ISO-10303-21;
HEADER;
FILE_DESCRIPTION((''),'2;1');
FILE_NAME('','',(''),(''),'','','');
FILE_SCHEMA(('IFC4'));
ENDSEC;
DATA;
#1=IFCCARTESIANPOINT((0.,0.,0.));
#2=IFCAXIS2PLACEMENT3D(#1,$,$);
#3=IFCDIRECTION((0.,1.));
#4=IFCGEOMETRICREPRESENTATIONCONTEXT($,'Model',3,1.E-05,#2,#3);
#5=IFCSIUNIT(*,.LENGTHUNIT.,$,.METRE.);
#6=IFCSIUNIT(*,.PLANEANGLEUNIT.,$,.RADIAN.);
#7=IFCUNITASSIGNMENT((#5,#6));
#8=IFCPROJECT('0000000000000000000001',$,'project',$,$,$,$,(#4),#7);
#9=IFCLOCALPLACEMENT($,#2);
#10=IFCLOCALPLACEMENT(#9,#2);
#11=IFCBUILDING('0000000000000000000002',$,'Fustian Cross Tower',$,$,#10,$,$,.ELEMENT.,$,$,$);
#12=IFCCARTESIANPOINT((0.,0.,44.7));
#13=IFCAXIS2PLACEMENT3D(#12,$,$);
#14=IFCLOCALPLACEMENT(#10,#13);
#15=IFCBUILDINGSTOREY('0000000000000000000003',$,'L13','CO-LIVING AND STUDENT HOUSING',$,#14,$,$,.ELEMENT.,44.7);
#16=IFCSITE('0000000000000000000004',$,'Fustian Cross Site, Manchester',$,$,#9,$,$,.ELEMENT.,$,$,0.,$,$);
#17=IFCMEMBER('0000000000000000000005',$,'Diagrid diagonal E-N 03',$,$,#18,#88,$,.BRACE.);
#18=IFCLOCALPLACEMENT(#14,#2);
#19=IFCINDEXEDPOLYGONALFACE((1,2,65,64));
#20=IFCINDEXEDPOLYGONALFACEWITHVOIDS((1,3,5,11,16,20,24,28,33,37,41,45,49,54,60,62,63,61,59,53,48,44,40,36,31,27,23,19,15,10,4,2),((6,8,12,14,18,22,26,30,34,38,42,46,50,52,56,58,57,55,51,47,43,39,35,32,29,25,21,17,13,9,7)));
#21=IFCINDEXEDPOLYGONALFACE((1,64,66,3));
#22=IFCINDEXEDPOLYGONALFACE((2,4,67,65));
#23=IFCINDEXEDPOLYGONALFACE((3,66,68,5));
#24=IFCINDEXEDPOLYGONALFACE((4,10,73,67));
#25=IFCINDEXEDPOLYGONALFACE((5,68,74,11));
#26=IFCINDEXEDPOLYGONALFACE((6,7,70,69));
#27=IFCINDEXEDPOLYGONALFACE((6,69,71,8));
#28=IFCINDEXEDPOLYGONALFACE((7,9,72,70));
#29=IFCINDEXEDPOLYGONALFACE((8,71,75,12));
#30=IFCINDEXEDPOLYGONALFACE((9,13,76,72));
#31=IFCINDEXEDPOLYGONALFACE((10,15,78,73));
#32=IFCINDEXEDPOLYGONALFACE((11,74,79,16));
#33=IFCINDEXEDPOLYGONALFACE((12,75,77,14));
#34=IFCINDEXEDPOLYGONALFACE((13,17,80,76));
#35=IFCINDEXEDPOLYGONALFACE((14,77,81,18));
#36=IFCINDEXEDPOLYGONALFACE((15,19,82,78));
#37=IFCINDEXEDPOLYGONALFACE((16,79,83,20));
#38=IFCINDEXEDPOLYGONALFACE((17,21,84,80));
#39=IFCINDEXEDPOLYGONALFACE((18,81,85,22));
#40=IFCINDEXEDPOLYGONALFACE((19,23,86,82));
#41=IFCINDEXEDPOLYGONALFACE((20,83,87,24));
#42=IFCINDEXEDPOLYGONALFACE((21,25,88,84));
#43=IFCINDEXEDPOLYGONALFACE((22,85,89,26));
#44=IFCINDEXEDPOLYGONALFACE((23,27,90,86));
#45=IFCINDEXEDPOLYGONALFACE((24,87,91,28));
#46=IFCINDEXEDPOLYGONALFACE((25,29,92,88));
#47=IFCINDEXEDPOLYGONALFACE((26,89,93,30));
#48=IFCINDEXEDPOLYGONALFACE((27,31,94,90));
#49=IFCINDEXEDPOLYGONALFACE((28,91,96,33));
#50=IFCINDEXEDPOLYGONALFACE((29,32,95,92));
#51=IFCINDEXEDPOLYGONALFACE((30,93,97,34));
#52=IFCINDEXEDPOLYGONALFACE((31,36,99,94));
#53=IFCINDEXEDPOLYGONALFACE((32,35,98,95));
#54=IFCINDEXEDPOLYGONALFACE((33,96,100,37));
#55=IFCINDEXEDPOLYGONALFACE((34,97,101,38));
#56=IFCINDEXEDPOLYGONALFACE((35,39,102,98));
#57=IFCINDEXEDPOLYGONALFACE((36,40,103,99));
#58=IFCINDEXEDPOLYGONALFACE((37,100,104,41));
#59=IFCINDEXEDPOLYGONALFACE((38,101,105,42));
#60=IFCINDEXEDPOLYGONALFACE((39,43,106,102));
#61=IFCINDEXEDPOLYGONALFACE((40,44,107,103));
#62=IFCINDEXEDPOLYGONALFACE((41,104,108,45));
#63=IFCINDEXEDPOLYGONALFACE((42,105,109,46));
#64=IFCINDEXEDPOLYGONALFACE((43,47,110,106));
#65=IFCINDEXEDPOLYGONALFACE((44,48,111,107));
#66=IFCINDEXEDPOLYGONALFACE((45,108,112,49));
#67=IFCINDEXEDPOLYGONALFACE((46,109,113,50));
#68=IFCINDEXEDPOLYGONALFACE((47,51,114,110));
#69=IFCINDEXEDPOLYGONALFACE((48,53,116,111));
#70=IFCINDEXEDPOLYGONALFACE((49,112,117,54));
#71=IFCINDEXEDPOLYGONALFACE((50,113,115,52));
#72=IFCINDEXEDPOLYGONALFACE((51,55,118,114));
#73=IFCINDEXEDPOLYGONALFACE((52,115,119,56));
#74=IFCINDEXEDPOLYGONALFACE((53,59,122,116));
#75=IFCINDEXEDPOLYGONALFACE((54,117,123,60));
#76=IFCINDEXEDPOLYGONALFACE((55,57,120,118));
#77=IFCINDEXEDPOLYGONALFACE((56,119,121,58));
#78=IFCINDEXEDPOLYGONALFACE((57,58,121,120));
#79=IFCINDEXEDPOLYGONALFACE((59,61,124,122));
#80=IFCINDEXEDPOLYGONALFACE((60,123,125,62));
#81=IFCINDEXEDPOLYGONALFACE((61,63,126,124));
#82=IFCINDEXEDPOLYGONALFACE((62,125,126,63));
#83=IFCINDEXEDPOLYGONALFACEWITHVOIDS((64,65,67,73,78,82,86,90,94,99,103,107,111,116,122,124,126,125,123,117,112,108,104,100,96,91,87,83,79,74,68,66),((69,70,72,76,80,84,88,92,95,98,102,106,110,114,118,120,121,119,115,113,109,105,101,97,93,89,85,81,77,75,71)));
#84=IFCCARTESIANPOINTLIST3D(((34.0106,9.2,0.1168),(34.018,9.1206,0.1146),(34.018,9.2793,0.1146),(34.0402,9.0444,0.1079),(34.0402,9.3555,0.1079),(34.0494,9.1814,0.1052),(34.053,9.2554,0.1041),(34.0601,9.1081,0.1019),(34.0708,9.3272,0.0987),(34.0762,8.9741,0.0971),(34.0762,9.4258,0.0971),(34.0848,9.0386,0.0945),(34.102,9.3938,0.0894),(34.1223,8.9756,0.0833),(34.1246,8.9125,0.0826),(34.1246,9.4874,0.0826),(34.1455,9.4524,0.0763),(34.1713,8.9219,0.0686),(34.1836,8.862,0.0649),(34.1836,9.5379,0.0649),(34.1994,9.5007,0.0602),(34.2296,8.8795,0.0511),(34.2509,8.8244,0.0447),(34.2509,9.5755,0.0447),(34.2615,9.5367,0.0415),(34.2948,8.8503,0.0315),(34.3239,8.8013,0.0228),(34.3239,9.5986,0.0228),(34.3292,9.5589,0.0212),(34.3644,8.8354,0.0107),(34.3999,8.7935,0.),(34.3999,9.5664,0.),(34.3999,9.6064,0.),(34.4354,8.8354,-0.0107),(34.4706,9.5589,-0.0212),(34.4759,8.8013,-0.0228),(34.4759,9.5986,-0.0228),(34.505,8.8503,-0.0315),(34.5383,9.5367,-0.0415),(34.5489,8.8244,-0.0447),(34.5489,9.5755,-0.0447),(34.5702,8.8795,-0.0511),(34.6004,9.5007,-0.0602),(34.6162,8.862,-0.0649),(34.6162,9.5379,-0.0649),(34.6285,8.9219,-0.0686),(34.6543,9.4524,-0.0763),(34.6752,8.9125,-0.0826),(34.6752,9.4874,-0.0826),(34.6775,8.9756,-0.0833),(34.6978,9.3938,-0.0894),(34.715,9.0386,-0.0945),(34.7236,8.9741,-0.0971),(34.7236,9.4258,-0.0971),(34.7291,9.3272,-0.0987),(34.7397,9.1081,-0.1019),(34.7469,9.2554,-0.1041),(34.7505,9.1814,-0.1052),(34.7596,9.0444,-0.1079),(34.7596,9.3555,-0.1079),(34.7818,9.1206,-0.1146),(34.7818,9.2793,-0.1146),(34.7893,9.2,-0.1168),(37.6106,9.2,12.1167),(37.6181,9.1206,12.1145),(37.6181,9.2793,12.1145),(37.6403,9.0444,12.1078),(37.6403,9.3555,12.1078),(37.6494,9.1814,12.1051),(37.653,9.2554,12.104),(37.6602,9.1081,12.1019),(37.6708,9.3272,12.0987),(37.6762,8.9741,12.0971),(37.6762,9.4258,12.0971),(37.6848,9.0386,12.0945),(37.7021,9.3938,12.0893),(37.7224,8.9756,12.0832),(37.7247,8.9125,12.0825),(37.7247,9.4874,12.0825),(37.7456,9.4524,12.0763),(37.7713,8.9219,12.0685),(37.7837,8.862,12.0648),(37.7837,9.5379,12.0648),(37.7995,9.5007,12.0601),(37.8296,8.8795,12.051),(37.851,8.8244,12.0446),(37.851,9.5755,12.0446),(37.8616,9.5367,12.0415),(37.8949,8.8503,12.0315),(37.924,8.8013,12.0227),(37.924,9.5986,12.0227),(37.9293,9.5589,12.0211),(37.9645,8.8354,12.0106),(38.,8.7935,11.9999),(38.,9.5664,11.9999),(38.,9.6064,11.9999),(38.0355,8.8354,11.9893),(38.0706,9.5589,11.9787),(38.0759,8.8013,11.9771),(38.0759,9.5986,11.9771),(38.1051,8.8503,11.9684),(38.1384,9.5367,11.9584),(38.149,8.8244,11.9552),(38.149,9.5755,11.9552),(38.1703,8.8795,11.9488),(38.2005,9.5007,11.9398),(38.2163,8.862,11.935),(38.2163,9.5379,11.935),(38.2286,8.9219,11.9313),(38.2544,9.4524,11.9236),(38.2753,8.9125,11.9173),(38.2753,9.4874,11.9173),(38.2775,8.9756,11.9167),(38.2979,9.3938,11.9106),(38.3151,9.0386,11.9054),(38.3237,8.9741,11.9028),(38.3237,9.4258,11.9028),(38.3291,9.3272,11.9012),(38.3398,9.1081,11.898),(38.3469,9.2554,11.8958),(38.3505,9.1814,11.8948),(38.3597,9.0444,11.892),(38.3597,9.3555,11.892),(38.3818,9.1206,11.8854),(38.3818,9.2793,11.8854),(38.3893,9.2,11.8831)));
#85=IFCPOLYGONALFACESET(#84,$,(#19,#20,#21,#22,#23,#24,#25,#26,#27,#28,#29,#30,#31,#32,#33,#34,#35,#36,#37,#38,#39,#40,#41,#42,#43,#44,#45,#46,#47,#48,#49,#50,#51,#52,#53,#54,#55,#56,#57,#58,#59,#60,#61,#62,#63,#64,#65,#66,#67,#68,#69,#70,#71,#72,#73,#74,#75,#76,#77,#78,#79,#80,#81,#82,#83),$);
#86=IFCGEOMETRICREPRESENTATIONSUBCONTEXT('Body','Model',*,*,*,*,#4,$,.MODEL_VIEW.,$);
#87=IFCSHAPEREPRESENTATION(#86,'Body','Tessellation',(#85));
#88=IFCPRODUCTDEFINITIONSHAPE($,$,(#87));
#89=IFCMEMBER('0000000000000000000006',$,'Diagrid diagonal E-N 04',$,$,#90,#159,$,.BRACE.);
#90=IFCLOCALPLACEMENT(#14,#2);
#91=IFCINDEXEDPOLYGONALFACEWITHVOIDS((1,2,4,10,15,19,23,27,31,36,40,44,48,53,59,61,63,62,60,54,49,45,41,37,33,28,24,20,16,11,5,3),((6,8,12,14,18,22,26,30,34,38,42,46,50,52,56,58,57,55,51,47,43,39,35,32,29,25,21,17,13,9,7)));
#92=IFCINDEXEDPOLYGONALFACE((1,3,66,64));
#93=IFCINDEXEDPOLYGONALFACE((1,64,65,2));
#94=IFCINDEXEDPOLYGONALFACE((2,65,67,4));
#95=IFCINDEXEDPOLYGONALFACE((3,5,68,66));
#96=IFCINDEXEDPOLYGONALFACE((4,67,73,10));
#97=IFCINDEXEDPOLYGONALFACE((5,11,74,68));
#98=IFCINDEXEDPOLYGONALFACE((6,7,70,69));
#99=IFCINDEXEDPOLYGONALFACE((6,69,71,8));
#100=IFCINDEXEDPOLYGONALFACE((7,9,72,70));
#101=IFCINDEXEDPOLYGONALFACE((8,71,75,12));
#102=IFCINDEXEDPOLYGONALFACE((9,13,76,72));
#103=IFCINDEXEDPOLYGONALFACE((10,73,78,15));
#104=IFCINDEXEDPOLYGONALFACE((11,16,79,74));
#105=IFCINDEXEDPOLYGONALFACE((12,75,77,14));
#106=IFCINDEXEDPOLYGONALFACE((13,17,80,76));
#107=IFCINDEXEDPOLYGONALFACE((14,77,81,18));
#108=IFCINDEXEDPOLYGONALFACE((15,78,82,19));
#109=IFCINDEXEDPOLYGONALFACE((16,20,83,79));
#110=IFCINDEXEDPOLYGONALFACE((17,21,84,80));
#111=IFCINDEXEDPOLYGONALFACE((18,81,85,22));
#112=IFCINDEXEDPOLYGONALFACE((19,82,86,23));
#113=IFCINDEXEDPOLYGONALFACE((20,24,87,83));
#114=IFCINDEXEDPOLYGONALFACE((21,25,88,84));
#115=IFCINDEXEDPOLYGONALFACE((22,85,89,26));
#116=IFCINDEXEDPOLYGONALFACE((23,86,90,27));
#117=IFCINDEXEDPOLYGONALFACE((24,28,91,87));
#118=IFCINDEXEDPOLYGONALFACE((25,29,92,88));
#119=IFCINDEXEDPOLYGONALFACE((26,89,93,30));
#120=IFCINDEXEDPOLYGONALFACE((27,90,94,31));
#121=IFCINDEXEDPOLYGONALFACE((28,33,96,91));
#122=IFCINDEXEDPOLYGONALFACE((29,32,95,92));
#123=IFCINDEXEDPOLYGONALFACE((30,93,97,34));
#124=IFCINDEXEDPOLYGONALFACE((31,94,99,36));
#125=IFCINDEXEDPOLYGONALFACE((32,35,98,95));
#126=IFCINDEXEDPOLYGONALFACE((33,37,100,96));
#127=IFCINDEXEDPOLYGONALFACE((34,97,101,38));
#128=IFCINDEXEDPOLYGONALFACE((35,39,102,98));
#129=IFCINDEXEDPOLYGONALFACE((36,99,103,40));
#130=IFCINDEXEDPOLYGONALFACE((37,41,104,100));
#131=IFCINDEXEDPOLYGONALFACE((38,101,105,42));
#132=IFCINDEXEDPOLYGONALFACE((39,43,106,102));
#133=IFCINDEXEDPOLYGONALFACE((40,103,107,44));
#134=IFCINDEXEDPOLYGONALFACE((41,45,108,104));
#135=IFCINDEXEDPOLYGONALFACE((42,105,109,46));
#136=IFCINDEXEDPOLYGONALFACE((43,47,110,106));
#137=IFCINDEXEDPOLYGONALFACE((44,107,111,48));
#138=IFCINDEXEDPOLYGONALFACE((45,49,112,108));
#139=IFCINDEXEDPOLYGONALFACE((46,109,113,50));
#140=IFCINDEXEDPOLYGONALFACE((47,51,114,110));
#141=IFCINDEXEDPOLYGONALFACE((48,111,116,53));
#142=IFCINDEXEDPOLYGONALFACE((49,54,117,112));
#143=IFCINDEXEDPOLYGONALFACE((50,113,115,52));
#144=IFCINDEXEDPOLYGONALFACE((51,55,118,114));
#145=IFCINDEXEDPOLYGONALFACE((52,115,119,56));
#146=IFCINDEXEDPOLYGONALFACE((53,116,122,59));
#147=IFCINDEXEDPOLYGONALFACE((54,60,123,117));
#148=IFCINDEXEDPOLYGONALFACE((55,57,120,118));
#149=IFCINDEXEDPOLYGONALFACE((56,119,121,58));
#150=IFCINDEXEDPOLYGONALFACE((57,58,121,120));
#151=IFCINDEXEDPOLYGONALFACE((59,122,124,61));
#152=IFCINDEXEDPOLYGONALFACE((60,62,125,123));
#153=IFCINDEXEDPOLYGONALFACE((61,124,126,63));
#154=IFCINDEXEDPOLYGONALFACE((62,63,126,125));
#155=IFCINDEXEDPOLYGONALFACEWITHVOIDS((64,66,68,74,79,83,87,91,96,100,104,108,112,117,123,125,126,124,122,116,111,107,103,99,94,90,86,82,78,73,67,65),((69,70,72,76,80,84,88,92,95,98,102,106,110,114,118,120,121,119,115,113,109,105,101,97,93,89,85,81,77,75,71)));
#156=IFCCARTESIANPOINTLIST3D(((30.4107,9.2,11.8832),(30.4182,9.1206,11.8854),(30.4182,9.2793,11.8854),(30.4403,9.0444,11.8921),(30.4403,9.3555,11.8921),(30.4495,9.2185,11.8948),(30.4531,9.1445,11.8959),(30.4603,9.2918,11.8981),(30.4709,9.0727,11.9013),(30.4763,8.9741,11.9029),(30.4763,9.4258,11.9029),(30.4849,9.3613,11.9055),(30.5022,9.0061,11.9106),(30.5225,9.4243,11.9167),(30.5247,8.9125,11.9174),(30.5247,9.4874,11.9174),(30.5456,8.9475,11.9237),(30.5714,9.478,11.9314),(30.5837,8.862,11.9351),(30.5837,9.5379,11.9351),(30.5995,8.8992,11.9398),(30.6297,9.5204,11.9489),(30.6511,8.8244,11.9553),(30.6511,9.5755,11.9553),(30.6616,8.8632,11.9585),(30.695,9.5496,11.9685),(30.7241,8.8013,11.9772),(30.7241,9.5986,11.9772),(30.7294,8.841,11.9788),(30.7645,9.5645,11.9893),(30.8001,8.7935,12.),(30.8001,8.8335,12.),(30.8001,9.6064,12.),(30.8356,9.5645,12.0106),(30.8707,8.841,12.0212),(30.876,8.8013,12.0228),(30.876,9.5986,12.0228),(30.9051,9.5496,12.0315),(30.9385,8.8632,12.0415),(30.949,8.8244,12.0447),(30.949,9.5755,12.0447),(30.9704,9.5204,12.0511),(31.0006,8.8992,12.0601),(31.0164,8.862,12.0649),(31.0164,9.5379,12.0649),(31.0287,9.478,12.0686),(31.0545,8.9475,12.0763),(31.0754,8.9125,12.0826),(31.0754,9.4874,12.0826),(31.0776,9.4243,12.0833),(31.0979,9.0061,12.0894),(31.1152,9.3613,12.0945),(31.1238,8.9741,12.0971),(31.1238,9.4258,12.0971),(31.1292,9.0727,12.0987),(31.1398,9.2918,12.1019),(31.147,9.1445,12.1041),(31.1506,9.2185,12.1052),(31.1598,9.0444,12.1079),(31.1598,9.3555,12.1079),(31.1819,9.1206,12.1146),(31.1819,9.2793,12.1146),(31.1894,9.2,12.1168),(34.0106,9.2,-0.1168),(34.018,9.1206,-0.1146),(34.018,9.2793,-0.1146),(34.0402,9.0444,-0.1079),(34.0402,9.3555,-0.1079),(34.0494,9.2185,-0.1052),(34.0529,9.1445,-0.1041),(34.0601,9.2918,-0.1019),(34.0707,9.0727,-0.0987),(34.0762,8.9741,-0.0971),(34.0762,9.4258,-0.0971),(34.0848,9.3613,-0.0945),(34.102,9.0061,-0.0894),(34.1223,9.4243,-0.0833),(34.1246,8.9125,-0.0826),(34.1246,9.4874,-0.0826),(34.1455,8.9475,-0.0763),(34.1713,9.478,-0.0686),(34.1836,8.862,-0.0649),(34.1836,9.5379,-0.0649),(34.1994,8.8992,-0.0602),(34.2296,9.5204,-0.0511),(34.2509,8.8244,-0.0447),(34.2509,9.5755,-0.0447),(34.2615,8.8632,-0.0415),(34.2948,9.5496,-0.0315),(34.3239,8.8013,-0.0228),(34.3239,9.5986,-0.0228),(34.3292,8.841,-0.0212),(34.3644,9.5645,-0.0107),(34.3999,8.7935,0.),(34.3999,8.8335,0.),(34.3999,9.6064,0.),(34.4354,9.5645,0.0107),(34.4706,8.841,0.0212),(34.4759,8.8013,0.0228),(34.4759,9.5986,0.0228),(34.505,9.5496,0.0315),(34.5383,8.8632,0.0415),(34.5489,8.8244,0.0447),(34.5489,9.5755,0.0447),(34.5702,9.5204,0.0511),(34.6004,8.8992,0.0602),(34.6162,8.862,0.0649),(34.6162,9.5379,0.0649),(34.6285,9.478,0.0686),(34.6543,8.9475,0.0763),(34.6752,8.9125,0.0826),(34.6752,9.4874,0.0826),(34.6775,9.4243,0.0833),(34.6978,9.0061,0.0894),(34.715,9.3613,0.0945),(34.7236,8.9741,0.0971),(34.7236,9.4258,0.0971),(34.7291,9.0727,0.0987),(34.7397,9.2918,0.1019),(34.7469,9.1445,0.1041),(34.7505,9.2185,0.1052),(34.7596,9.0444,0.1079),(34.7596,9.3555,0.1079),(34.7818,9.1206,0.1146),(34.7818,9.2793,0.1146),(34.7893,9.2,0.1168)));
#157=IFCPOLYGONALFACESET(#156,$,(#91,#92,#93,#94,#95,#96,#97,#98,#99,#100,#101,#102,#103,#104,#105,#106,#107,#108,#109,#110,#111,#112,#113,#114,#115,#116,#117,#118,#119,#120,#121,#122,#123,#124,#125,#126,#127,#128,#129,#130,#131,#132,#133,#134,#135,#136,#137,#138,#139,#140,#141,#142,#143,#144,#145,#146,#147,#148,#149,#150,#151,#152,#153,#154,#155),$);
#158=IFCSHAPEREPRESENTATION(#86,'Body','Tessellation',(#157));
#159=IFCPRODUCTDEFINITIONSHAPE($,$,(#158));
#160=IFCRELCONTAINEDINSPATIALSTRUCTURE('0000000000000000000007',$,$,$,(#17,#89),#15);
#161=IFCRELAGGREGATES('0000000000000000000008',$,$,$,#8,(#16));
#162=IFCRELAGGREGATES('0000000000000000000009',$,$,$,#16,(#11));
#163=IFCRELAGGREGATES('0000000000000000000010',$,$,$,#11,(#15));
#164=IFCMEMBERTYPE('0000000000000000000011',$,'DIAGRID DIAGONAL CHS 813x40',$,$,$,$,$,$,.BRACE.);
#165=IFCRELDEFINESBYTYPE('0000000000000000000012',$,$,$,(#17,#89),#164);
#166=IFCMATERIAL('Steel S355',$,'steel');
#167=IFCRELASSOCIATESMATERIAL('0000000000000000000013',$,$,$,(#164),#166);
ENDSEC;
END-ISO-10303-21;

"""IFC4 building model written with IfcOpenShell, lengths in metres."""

from ifc_helpers import new_model, si_unit, direction, frame, origin, origin_2d, place, context, subcontext, project, spatial, hollow_circle, extrude, material, material_profile, profile_set, type_object, element, save


model = new_model("IFC4")

# Units and contexts
model_context = context("Model", 3, precision=1e-05, world=origin(), true_north=direction((0.0, 1.0)))
body_context = subcontext(model_context, "Body", "Model", "MODEL_VIEW")
ifc_project = project(units=[si_unit("LENGTHUNIT", "METRE"), si_unit("PLANEANGLEUNIT", "RADIAN")], contexts=[model_context])

# Site, building, storey
site_placement = place(None, origin())
site = spatial("IfcSite", under=ifc_project, at=site_placement, Name="Fustian Cross Site, Manchester", CompositionType="ELEMENT", RefElevation=0.0)
building_placement = place(site_placement, origin())
building = spatial("IfcBuilding", under=site, at=building_placement, Name="Fustian Cross Tower", CompositionType="ELEMENT")
storey_placement = place(building_placement, frame((0.0, 0.0, 44.7)))
storey = spatial("IfcBuildingStorey", under=building, at=storey_placement, Name="L13", Description="CO-LIVING AND STUDENT HOUSING", CompositionType="ELEMENT", Elevation=44.7)

# Members
ifc_material_1 = material(Name="Steel S355", Category="steel")
ifc_material_profile_1 = material_profile(ifc_material_1, hollow_circle(Radius=0.4065, WallThickness=0.04, at=origin_2d()), Name="CHS 813x40")
ifc_profile_set_1 = profile_set([ifc_material_profile_1], Name="Steel S355")
member_type_1 = type_object("IfcMemberType", Name="DIAGRID DIAGONAL CHS 813x40", PredefinedType="BRACE", material=ifc_profile_set_1)
for number, where, z_axis, x_axis, name in (
    (1, (34.3999, 9.2, 0.0), (0.287355, 0.0, 0.957824), (0.0, 1.0, 0.0), "Diagrid diagonal E-N 03"),
    (2, (34.3999, 9.2, 0.0), (-0.287337, 0.0, 0.95783), (0.0, -1.0, 0.0), "Diagrid diagonal E-N 04"),
):
    element("IfcMember", number, at=place(storey_placement, frame(where, z_axis=z_axis, x_axis=x_axis)), inside=storey, type_object=member_type_1, Name=name, PredefinedType="BRACE", context=body_context, shape_type="SweptSolid", body=[
        extrude(hollow_circle(Radius=0.4065, WallThickness=0.04, at=origin_2d()), origin(), (0.0, 0.0, 1.0), 12.5283),
    ])

save(model, "model.ifc")
